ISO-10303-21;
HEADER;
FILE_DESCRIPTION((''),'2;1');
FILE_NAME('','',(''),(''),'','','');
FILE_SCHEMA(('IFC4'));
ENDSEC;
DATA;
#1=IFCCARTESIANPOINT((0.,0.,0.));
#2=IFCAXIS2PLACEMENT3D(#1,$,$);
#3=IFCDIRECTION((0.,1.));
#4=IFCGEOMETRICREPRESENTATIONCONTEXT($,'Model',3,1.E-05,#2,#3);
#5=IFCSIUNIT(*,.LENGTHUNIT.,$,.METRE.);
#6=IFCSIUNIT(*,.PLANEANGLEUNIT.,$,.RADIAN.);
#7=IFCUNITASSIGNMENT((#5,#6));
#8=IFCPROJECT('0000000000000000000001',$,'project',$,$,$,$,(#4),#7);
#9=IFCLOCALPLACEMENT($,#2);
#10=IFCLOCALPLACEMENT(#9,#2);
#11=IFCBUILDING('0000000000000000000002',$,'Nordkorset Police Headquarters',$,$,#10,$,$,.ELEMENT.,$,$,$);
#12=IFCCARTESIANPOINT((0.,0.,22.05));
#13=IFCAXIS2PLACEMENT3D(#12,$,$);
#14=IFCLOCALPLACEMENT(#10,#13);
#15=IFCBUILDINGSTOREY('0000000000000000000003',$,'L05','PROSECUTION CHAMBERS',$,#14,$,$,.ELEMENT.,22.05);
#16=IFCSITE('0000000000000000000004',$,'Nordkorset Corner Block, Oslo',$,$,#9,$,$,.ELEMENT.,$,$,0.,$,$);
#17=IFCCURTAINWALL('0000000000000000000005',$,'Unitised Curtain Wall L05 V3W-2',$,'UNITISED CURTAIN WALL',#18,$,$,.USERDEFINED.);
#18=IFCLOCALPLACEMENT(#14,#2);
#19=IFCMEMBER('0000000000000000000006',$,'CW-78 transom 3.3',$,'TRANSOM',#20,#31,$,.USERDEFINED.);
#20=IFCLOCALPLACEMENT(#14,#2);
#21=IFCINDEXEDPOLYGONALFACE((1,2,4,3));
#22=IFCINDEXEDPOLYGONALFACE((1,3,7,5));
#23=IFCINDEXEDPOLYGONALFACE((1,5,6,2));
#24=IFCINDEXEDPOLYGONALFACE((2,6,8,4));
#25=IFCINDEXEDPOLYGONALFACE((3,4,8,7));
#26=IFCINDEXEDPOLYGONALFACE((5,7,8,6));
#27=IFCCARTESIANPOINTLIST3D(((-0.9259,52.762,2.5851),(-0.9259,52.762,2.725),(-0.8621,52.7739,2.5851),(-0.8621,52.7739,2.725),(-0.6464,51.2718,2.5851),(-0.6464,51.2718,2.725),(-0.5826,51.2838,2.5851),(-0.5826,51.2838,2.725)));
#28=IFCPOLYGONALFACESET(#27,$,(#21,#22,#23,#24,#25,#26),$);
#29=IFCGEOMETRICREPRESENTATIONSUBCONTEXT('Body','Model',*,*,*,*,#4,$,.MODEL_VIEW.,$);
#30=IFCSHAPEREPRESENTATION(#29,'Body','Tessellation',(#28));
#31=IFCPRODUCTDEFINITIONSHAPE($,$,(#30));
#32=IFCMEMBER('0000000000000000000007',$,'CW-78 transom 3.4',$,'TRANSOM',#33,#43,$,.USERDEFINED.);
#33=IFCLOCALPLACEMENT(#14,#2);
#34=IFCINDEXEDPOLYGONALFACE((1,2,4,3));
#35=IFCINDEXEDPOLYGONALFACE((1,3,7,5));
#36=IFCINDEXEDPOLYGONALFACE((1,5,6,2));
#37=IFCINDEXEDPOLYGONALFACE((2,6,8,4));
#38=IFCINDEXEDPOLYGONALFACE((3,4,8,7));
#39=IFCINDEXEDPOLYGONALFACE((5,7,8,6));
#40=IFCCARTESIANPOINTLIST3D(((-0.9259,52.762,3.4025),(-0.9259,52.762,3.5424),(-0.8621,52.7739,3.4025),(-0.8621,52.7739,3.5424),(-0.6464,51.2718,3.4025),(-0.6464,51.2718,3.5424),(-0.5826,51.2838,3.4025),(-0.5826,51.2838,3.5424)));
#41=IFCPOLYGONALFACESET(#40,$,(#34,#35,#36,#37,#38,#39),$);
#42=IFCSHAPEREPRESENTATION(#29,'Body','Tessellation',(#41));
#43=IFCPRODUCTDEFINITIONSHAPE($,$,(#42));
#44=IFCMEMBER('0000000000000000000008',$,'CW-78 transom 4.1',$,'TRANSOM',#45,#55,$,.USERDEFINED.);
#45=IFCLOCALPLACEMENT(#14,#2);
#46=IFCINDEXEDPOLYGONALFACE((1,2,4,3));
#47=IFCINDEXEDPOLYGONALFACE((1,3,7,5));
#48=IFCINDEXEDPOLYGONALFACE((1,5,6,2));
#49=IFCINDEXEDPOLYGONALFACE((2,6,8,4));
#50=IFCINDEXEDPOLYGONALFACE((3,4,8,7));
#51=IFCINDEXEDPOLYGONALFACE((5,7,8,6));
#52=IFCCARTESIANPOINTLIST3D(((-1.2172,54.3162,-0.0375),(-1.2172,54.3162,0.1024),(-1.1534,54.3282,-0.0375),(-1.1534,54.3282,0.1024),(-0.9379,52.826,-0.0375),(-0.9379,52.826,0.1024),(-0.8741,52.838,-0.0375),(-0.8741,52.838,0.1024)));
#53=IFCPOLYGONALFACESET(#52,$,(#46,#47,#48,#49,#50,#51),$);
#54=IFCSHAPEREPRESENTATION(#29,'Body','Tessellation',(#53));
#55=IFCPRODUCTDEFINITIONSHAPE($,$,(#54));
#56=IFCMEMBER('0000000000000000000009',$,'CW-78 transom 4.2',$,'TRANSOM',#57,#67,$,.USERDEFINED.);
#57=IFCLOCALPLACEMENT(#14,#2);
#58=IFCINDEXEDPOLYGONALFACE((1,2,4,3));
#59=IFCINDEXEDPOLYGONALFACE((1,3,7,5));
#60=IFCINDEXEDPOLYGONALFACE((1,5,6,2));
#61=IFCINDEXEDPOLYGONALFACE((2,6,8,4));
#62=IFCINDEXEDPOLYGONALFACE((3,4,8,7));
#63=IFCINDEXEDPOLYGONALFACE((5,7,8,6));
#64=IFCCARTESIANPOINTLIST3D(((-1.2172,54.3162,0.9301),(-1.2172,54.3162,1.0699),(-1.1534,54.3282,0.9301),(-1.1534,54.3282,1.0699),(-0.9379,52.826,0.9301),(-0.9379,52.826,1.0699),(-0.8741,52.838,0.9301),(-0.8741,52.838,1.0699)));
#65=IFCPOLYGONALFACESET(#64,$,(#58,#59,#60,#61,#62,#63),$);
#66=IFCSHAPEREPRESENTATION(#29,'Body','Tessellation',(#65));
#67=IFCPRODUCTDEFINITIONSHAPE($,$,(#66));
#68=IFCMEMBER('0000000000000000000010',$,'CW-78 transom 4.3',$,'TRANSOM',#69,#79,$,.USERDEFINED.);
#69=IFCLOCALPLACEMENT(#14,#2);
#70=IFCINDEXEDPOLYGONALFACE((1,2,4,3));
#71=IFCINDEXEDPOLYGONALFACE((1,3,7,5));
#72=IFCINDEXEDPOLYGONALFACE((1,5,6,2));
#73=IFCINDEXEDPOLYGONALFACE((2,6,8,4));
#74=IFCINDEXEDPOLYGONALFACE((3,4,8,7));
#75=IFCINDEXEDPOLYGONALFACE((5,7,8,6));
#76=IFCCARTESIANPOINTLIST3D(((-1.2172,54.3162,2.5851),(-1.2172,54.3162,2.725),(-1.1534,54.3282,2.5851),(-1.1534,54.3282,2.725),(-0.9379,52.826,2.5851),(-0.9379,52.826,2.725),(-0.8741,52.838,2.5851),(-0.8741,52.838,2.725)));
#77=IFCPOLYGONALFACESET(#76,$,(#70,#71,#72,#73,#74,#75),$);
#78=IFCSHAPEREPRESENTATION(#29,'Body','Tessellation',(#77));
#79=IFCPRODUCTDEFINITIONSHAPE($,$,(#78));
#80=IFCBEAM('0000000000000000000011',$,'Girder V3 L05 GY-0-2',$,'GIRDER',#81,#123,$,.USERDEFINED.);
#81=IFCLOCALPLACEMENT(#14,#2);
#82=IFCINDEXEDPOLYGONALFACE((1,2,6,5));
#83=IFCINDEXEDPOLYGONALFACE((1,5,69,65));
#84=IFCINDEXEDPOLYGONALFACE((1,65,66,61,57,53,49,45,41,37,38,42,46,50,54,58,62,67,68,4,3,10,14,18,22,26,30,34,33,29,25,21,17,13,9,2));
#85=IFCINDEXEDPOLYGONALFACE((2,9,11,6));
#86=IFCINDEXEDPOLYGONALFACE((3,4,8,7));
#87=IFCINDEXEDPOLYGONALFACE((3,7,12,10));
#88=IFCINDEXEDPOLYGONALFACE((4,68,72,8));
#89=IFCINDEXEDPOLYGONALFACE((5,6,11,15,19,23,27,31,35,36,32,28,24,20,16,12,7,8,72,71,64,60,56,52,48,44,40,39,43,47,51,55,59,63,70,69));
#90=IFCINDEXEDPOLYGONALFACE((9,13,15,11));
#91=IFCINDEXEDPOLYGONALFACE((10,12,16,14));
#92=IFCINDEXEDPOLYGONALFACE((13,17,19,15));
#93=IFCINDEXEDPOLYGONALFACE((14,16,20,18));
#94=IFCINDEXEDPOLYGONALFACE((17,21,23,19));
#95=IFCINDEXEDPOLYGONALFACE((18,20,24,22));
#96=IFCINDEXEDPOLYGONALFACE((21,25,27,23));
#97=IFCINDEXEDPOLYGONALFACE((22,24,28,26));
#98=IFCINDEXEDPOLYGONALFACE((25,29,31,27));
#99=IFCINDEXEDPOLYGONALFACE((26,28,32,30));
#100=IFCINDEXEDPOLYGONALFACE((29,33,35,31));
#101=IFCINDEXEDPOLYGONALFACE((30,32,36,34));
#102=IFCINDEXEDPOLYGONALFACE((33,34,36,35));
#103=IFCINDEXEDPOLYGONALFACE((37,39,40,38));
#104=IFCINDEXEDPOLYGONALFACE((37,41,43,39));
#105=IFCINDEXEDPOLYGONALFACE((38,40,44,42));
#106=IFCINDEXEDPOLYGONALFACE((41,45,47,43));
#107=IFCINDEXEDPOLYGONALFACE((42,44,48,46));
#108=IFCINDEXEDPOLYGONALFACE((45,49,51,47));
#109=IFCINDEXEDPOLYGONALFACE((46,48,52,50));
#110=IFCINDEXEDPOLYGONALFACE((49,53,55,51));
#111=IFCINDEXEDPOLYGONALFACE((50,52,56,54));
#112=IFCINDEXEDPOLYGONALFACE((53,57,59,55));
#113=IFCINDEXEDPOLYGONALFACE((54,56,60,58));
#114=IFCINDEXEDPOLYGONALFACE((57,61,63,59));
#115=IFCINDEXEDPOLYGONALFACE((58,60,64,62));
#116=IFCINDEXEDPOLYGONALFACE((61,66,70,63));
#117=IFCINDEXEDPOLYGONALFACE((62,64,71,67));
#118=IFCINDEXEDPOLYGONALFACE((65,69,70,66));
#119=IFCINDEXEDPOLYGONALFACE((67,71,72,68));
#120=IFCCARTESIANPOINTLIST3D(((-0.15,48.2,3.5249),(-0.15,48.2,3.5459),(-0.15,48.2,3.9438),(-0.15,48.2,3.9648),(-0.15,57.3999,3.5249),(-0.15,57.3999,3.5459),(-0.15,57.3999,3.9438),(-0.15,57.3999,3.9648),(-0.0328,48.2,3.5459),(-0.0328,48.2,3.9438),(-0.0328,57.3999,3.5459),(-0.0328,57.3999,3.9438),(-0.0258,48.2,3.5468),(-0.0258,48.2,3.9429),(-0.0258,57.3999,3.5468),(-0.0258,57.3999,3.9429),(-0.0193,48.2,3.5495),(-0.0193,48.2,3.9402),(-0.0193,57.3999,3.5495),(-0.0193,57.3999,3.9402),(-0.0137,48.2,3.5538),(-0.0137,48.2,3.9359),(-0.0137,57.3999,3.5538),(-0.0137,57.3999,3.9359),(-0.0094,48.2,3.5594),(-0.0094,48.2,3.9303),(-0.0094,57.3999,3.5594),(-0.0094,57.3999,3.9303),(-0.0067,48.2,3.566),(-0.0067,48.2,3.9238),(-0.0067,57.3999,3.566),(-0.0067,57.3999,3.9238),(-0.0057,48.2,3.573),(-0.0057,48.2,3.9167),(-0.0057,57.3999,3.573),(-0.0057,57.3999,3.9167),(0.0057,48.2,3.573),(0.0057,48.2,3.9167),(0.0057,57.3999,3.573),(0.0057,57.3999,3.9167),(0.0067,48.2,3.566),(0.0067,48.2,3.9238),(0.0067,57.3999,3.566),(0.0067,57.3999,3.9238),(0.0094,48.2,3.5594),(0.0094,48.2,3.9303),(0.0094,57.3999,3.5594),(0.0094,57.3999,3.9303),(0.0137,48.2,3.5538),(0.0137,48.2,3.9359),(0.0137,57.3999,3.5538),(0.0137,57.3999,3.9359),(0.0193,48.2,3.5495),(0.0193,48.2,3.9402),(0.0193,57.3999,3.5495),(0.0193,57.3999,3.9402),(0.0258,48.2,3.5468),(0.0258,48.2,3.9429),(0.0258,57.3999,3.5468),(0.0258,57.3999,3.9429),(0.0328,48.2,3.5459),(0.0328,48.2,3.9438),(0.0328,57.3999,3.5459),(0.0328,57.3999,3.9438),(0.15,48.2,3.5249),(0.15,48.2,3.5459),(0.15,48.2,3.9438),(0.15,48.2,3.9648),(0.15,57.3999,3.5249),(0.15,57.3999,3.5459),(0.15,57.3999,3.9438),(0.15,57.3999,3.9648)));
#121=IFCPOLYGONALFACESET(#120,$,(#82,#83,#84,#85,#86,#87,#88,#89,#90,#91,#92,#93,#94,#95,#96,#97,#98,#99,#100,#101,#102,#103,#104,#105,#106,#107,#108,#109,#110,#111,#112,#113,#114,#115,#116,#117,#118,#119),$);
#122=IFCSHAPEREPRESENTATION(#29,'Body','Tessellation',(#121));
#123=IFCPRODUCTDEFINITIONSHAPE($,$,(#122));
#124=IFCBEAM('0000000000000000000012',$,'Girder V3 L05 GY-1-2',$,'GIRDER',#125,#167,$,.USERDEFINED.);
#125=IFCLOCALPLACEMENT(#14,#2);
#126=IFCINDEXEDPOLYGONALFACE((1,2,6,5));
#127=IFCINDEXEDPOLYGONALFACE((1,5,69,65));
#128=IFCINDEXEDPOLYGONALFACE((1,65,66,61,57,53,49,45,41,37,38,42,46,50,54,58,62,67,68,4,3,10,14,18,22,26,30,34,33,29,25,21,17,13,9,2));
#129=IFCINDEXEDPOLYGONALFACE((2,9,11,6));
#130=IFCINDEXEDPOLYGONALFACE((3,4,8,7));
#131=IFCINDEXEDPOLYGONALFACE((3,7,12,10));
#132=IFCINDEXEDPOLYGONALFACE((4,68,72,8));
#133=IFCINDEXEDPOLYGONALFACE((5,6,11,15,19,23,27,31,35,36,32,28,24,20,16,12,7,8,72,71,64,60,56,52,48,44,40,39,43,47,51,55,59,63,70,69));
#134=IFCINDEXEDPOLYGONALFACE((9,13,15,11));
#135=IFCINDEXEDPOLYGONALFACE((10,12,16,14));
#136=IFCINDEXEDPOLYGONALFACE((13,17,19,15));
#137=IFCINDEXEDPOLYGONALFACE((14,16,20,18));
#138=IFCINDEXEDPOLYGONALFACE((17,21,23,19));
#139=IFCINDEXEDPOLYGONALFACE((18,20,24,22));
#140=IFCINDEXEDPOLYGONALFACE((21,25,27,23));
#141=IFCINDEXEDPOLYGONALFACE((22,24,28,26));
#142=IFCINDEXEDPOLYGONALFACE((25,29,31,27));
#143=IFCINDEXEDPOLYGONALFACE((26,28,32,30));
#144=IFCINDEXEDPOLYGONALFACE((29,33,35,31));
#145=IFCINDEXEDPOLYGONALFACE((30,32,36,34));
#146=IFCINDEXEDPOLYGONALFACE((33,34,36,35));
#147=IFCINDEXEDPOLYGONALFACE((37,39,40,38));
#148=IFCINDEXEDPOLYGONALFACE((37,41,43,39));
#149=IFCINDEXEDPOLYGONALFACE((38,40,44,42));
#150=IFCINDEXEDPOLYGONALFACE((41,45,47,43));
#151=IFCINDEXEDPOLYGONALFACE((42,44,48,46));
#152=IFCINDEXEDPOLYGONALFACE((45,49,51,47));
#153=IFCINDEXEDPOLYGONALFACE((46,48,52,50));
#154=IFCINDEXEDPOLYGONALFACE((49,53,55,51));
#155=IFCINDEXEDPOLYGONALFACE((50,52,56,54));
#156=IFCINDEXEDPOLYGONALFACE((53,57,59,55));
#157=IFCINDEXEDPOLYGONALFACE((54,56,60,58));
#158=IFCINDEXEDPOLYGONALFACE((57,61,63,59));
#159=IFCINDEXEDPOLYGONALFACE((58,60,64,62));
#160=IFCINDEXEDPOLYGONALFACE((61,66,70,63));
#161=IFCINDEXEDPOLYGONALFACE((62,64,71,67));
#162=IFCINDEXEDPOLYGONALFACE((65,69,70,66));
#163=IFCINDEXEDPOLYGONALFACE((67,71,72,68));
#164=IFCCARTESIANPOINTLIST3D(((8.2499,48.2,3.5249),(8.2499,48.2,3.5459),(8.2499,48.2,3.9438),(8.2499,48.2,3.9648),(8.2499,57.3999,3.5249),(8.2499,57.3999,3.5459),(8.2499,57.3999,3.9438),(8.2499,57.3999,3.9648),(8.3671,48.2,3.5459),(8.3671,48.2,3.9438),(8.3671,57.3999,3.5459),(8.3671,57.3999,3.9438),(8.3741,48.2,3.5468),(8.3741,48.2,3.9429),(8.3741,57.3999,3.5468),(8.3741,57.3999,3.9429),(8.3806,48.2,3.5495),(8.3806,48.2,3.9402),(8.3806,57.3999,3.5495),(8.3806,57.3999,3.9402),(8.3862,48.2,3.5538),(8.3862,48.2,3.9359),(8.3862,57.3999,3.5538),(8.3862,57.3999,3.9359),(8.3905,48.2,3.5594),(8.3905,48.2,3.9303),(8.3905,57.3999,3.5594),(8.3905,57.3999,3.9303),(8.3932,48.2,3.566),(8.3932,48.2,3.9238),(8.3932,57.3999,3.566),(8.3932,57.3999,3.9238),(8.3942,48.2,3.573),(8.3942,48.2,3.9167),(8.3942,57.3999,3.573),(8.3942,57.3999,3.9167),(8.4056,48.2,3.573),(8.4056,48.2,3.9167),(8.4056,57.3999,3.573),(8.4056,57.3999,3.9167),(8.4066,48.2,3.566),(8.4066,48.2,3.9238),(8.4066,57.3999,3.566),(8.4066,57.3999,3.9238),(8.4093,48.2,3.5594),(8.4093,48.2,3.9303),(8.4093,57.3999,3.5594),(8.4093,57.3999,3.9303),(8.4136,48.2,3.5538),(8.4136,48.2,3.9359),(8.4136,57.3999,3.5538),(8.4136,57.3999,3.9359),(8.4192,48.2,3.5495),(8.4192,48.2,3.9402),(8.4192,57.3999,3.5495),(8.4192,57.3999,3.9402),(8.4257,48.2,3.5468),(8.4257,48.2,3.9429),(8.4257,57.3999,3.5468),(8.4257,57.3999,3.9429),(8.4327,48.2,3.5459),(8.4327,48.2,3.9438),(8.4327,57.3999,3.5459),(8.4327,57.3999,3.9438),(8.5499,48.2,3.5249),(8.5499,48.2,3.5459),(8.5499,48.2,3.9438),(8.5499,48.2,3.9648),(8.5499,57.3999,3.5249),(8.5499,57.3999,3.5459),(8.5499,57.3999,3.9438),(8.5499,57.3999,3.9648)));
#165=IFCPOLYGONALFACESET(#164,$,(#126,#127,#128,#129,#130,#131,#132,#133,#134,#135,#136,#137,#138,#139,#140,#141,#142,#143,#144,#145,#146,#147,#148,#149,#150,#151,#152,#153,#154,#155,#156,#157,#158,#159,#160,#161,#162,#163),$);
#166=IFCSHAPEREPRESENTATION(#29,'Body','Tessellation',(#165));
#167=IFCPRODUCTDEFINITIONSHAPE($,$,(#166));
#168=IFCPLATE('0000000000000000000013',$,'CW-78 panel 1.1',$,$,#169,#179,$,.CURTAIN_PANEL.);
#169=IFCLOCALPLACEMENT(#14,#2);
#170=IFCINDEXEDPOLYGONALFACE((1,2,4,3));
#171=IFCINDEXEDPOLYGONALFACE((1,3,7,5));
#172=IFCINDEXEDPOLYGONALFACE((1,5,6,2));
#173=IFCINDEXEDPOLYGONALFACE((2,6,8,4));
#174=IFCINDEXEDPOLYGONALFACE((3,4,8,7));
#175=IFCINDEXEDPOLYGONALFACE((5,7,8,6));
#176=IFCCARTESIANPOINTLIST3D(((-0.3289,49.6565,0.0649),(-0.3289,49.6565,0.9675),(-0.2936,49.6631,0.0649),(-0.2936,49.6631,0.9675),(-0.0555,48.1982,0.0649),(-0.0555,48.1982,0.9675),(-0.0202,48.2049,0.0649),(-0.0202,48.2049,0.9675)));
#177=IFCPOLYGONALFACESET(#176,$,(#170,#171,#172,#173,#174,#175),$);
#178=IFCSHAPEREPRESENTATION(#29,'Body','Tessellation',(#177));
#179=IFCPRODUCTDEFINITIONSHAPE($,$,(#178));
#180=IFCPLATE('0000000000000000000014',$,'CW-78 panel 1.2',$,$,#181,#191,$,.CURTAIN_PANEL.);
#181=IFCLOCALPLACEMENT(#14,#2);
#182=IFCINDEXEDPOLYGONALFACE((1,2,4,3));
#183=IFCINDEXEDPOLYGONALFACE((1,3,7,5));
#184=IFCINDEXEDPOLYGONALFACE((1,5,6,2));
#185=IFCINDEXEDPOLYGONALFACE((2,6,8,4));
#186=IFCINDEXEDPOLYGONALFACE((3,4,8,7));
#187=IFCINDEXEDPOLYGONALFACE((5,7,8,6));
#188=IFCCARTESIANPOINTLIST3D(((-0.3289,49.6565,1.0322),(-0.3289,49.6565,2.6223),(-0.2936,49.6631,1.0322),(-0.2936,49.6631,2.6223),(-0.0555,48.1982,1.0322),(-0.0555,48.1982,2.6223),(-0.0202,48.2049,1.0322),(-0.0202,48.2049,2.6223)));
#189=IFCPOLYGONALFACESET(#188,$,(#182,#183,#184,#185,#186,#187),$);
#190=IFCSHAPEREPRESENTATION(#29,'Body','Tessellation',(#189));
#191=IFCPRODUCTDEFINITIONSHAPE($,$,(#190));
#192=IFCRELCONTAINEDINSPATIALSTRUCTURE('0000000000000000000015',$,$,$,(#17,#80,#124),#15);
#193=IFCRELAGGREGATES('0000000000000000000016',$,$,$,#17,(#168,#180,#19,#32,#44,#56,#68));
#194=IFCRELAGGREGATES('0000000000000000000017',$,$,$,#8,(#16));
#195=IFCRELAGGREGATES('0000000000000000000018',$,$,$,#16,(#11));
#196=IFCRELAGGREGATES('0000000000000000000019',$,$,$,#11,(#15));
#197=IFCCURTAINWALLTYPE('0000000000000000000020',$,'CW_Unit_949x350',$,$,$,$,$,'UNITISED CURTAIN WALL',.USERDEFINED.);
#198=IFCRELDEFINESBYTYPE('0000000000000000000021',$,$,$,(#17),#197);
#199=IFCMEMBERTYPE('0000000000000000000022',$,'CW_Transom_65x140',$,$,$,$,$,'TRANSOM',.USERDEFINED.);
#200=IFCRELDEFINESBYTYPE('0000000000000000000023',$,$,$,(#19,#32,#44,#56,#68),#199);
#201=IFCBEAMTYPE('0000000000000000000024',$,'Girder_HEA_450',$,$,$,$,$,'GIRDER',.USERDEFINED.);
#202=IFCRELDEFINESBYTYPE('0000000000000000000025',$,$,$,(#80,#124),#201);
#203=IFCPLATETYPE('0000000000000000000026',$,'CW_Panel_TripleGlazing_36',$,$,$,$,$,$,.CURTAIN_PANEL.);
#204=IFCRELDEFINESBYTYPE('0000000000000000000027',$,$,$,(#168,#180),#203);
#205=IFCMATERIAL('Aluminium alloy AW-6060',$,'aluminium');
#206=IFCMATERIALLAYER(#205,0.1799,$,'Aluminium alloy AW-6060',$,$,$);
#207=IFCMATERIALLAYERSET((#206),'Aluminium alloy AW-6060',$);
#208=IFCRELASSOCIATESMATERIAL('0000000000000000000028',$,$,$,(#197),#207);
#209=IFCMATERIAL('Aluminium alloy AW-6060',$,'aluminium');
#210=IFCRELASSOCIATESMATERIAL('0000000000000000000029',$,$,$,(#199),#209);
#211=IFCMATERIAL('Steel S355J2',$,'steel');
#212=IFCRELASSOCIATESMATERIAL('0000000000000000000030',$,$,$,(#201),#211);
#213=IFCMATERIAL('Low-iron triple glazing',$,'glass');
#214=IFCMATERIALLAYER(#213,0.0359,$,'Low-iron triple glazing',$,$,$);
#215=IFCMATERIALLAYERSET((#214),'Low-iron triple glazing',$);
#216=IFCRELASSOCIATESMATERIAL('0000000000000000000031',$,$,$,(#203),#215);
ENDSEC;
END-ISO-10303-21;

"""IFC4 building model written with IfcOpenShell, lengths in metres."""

from ifc_helpers import new_model, si_unit, direction, frame, origin, origin_2d, place, context, subcontext, project, spatial, rectangle, i_section, extrude, material, layer, layer_set, material_profile, profile_set, type_object, element, aggregate, save


model = new_model("IFC4")

# Units and contexts
model_context = context("Model", 3, precision=1e-05, world=origin(), true_north=direction((0.0, 1.0)))
body_context = subcontext(model_context, "Body", "Model", "MODEL_VIEW")
ifc_project = project(units=[si_unit("LENGTHUNIT", "METRE"), si_unit("PLANEANGLEUNIT", "RADIAN")], contexts=[model_context])

# Site, building, storey
site_placement = place(None, origin())
site = spatial("IfcSite", under=ifc_project, at=site_placement, Name="Nordkorset Corner Block, Oslo", CompositionType="ELEMENT", RefElevation=0.0)
building_placement = place(site_placement, origin())
building = spatial("IfcBuilding", under=site, at=building_placement, Name="Nordkorset Police Headquarters", CompositionType="ELEMENT")
storey_placement = place(building_placement, frame((0.0, 0.0, 22.05)))
storey = spatial("IfcBuildingStorey", under=building, at=storey_placement, Name="L05", Description="PROSECUTION CHAMBERS", CompositionType="ELEMENT", Elevation=22.05)

# Curtain wall, members
ifc_material_1 = material(Name="Aluminium alloy AW-6060", Category="aluminium")
ifc_layer_1 = layer(ifc_material_1, 0.1799, Name="Aluminium alloy AW-6060")
ifc_layer_set_1 = layer_set([ifc_layer_1], Name="Aluminium alloy AW-6060")
curtain_wall_type = type_object("IfcCurtainWallType", Name="CW_Unit_949x350", ElementType="UNITISED CURTAIN WALL", PredefinedType="USERDEFINED", material=ifc_layer_set_1)
curtain_wall_placement = place(storey_placement, origin())
curtain_wall = element("IfcCurtainWall", 1, at=curtain_wall_placement, inside=storey, type_object=curtain_wall_type, Name="Unitised Curtain Wall L05 V3W-2", ObjectType="UNITISED CURTAIN WALL", PredefinedType="USERDEFINED")
ifc_material_2 = material(Name="Aluminium alloy AW-6060", Category="aluminium")
ifc_material_profile_1 = material_profile(ifc_material_2, rectangle(XDim=0.0649, YDim=0.1399, at=origin_2d()), Name="ALU TRAN 65x140")
ifc_profile_set_1 = profile_set([ifc_material_profile_1], Name="Aluminium alloy AW-6060")
member_type_1 = type_object("IfcMemberType", Name="CW_Transom_65x140", ElementType="TRANSOM", PredefinedType="USERDEFINED", material=ifc_profile_set_1)
member_1_placement = place(storey_placement, frame((-0.6145, 51.2778, 2.655), z_axis=(-0.184366, 0.982858, 0.0), x_axis=(-0.982858, -0.184366, 0.0)))
member_1 = element("IfcMember", 2, at=member_1_placement, type_object=member_type_1, Name="CW-78 transom 3.3", ObjectType="TRANSOM", PredefinedType="USERDEFINED", context=body_context, shape_type="SweptSolid", body=[
    extrude(rectangle(XDim=0.0649, YDim=0.1399, at=origin_2d()), origin(), (0.0, 0.0, 1.0), 1.5161),
])
member_2_placement = place(storey_placement, frame((-0.6145, 51.2778, 3.4724), z_axis=(-0.184366, 0.982858, 0.0), x_axis=(-0.982858, -0.184366, 0.0)))
member_2 = element("IfcMember", 3, at=member_2_placement, type_object=member_type_1, Name="CW-78 transom 3.4", ObjectType="TRANSOM", PredefinedType="USERDEFINED", context=body_context, shape_type="SweptSolid", body=[
    extrude(rectangle(XDim=0.0649, YDim=0.1399, at=origin_2d()), origin(), (0.0, 0.0, 1.0), 1.5161),
])
member_3_placement = place(storey_placement, frame((-0.906, 52.832, 0.0325), z_axis=(-0.184211, 0.982887, 0.0), x_axis=(-0.982887, -0.184211, 0.0)))
member_3 = element("IfcMember", 4, at=member_3_placement, type_object=member_type_1, Name="CW-78 transom 4.1", ObjectType="TRANSOM", PredefinedType="USERDEFINED", context=body_context, shape_type="SweptSolid", body=[
    extrude(rectangle(XDim=0.0649, YDim=0.1399, at=origin_2d()), origin(), (0.0, 0.0, 1.0), 1.5161),
])
member_4_placement = place(storey_placement, frame((-0.906, 52.832, 1.0), z_axis=(-0.184211, 0.982887, 0.0), x_axis=(-0.982887, -0.184211, 0.0)))
member_4 = element("IfcMember", 5, at=member_4_placement, type_object=member_type_1, Name="CW-78 transom 4.2", ObjectType="TRANSOM", PredefinedType="USERDEFINED", context=body_context, shape_type="SweptSolid", body=[
    extrude(rectangle(XDim=0.0649, YDim=0.1399, at=origin_2d()), origin(), (0.0, 0.0, 1.0), 1.5161),
])
member_5_placement = place(storey_placement, frame((-0.906, 52.832, 2.655), z_axis=(-0.184211, 0.982887, 0.0), x_axis=(-0.982887, -0.184211, 0.0)))
member_5 = element("IfcMember", 6, at=member_5_placement, type_object=member_type_1, Name="CW-78 transom 4.3", ObjectType="TRANSOM", PredefinedType="USERDEFINED", context=body_context, shape_type="SweptSolid", body=[
    extrude(rectangle(XDim=0.0649, YDim=0.1399, at=origin_2d()), origin(), (0.0, 0.0, 1.0), 1.5161),
])

# Beams
ifc_material_3 = material(Name="Steel S355J2", Category="steel")
ifc_material_profile_2 = material_profile(ifc_material_3, i_section(OverallWidth=0.3, OverallDepth=0.4399, WebThickness=0.0115, FlangeThickness=0.021, FilletRadius=0.0271, at=origin_2d()), Name="HEA 450")
ifc_profile_set_2 = profile_set([ifc_material_profile_2], Name="Steel S355J2")
beam_type = type_object("IfcBeamType", Name="Girder_HEA_450", ElementType="GIRDER", PredefinedType="USERDEFINED", material=ifc_profile_set_2)
for number, where, z_axis, x_axis, name in (
    (7, (0.0, 48.2, 3.7449), (0.0, 1.0, 0.0), (-1.0, 0.0, 0.0), "Girder V3 L05 GY-0-2"),
    (8, (8.3999, 48.2, 3.7449), (0.0, 1.0, 0.0), (-1.0, 0.0, 0.0), "Girder V3 L05 GY-1-2"),
):
    element("IfcBeam", number, at=place(storey_placement, frame(where, z_axis=z_axis, x_axis=x_axis)), inside=storey, type_object=beam_type, Name=name, ObjectType="GIRDER", PredefinedType="USERDEFINED", context=body_context, shape_type="SweptSolid", body=[
        extrude(i_section(OverallWidth=0.3, OverallDepth=0.4399, WebThickness=0.0115, FlangeThickness=0.021, FilletRadius=0.0271, at=origin_2d()), origin(), (0.0, 0.0, 1.0), 9.2),
    ])

# Plates
ifc_material_4 = material(Name="Low-iron triple glazing", Category="glass")
ifc_layer_2 = layer(ifc_material_4, 0.0359, Name="Low-iron triple glazing")
ifc_layer_set_2 = layer_set([ifc_layer_2], Name="Low-iron triple glazing")
plate_type = type_object("IfcPlateType", Name="CW_Panel_TripleGlazing_36", PredefinedType="CURTAIN_PANEL", material=ifc_layer_set_2)
plate_1_placement = place(storey_placement, frame((-0.1746, 48.9307, 0.0649), z_axis=(0.0, 0.0, 1.0), x_axis=(-0.184289, 0.982872, 0.0)))
plate_1 = element("IfcPlate", 9, at=plate_1_placement, type_object=plate_type, Name="CW-78 panel 1.1", PredefinedType="CURTAIN_PANEL", context=body_context, shape_type="SweptSolid", body=[
    extrude(rectangle(XDim=1.4836, YDim=0.0359, at=origin_2d()), origin(), (0.0, 0.0, 1.0), 0.9026),
])
plate_2_placement = place(storey_placement, frame((-0.1746, 48.9307, 1.0322), z_axis=(0.0, 0.0, 1.0), x_axis=(-0.184289, 0.982872, 0.0)))
plate_2 = element("IfcPlate", 10, at=plate_2_placement, type_object=plate_type, Name="CW-78 panel 1.2", PredefinedType="CURTAIN_PANEL", context=body_context, shape_type="SweptSolid", body=[
    extrude(rectangle(XDim=1.4836, YDim=0.0359, at=origin_2d()), origin(), (0.0, 0.0, 1.0), 1.5901),
])
aggregate(curtain_wall, [plate_1, plate_2, member_1, member_2, member_3, member_4, member_5])

save(model, "model.ifc")
